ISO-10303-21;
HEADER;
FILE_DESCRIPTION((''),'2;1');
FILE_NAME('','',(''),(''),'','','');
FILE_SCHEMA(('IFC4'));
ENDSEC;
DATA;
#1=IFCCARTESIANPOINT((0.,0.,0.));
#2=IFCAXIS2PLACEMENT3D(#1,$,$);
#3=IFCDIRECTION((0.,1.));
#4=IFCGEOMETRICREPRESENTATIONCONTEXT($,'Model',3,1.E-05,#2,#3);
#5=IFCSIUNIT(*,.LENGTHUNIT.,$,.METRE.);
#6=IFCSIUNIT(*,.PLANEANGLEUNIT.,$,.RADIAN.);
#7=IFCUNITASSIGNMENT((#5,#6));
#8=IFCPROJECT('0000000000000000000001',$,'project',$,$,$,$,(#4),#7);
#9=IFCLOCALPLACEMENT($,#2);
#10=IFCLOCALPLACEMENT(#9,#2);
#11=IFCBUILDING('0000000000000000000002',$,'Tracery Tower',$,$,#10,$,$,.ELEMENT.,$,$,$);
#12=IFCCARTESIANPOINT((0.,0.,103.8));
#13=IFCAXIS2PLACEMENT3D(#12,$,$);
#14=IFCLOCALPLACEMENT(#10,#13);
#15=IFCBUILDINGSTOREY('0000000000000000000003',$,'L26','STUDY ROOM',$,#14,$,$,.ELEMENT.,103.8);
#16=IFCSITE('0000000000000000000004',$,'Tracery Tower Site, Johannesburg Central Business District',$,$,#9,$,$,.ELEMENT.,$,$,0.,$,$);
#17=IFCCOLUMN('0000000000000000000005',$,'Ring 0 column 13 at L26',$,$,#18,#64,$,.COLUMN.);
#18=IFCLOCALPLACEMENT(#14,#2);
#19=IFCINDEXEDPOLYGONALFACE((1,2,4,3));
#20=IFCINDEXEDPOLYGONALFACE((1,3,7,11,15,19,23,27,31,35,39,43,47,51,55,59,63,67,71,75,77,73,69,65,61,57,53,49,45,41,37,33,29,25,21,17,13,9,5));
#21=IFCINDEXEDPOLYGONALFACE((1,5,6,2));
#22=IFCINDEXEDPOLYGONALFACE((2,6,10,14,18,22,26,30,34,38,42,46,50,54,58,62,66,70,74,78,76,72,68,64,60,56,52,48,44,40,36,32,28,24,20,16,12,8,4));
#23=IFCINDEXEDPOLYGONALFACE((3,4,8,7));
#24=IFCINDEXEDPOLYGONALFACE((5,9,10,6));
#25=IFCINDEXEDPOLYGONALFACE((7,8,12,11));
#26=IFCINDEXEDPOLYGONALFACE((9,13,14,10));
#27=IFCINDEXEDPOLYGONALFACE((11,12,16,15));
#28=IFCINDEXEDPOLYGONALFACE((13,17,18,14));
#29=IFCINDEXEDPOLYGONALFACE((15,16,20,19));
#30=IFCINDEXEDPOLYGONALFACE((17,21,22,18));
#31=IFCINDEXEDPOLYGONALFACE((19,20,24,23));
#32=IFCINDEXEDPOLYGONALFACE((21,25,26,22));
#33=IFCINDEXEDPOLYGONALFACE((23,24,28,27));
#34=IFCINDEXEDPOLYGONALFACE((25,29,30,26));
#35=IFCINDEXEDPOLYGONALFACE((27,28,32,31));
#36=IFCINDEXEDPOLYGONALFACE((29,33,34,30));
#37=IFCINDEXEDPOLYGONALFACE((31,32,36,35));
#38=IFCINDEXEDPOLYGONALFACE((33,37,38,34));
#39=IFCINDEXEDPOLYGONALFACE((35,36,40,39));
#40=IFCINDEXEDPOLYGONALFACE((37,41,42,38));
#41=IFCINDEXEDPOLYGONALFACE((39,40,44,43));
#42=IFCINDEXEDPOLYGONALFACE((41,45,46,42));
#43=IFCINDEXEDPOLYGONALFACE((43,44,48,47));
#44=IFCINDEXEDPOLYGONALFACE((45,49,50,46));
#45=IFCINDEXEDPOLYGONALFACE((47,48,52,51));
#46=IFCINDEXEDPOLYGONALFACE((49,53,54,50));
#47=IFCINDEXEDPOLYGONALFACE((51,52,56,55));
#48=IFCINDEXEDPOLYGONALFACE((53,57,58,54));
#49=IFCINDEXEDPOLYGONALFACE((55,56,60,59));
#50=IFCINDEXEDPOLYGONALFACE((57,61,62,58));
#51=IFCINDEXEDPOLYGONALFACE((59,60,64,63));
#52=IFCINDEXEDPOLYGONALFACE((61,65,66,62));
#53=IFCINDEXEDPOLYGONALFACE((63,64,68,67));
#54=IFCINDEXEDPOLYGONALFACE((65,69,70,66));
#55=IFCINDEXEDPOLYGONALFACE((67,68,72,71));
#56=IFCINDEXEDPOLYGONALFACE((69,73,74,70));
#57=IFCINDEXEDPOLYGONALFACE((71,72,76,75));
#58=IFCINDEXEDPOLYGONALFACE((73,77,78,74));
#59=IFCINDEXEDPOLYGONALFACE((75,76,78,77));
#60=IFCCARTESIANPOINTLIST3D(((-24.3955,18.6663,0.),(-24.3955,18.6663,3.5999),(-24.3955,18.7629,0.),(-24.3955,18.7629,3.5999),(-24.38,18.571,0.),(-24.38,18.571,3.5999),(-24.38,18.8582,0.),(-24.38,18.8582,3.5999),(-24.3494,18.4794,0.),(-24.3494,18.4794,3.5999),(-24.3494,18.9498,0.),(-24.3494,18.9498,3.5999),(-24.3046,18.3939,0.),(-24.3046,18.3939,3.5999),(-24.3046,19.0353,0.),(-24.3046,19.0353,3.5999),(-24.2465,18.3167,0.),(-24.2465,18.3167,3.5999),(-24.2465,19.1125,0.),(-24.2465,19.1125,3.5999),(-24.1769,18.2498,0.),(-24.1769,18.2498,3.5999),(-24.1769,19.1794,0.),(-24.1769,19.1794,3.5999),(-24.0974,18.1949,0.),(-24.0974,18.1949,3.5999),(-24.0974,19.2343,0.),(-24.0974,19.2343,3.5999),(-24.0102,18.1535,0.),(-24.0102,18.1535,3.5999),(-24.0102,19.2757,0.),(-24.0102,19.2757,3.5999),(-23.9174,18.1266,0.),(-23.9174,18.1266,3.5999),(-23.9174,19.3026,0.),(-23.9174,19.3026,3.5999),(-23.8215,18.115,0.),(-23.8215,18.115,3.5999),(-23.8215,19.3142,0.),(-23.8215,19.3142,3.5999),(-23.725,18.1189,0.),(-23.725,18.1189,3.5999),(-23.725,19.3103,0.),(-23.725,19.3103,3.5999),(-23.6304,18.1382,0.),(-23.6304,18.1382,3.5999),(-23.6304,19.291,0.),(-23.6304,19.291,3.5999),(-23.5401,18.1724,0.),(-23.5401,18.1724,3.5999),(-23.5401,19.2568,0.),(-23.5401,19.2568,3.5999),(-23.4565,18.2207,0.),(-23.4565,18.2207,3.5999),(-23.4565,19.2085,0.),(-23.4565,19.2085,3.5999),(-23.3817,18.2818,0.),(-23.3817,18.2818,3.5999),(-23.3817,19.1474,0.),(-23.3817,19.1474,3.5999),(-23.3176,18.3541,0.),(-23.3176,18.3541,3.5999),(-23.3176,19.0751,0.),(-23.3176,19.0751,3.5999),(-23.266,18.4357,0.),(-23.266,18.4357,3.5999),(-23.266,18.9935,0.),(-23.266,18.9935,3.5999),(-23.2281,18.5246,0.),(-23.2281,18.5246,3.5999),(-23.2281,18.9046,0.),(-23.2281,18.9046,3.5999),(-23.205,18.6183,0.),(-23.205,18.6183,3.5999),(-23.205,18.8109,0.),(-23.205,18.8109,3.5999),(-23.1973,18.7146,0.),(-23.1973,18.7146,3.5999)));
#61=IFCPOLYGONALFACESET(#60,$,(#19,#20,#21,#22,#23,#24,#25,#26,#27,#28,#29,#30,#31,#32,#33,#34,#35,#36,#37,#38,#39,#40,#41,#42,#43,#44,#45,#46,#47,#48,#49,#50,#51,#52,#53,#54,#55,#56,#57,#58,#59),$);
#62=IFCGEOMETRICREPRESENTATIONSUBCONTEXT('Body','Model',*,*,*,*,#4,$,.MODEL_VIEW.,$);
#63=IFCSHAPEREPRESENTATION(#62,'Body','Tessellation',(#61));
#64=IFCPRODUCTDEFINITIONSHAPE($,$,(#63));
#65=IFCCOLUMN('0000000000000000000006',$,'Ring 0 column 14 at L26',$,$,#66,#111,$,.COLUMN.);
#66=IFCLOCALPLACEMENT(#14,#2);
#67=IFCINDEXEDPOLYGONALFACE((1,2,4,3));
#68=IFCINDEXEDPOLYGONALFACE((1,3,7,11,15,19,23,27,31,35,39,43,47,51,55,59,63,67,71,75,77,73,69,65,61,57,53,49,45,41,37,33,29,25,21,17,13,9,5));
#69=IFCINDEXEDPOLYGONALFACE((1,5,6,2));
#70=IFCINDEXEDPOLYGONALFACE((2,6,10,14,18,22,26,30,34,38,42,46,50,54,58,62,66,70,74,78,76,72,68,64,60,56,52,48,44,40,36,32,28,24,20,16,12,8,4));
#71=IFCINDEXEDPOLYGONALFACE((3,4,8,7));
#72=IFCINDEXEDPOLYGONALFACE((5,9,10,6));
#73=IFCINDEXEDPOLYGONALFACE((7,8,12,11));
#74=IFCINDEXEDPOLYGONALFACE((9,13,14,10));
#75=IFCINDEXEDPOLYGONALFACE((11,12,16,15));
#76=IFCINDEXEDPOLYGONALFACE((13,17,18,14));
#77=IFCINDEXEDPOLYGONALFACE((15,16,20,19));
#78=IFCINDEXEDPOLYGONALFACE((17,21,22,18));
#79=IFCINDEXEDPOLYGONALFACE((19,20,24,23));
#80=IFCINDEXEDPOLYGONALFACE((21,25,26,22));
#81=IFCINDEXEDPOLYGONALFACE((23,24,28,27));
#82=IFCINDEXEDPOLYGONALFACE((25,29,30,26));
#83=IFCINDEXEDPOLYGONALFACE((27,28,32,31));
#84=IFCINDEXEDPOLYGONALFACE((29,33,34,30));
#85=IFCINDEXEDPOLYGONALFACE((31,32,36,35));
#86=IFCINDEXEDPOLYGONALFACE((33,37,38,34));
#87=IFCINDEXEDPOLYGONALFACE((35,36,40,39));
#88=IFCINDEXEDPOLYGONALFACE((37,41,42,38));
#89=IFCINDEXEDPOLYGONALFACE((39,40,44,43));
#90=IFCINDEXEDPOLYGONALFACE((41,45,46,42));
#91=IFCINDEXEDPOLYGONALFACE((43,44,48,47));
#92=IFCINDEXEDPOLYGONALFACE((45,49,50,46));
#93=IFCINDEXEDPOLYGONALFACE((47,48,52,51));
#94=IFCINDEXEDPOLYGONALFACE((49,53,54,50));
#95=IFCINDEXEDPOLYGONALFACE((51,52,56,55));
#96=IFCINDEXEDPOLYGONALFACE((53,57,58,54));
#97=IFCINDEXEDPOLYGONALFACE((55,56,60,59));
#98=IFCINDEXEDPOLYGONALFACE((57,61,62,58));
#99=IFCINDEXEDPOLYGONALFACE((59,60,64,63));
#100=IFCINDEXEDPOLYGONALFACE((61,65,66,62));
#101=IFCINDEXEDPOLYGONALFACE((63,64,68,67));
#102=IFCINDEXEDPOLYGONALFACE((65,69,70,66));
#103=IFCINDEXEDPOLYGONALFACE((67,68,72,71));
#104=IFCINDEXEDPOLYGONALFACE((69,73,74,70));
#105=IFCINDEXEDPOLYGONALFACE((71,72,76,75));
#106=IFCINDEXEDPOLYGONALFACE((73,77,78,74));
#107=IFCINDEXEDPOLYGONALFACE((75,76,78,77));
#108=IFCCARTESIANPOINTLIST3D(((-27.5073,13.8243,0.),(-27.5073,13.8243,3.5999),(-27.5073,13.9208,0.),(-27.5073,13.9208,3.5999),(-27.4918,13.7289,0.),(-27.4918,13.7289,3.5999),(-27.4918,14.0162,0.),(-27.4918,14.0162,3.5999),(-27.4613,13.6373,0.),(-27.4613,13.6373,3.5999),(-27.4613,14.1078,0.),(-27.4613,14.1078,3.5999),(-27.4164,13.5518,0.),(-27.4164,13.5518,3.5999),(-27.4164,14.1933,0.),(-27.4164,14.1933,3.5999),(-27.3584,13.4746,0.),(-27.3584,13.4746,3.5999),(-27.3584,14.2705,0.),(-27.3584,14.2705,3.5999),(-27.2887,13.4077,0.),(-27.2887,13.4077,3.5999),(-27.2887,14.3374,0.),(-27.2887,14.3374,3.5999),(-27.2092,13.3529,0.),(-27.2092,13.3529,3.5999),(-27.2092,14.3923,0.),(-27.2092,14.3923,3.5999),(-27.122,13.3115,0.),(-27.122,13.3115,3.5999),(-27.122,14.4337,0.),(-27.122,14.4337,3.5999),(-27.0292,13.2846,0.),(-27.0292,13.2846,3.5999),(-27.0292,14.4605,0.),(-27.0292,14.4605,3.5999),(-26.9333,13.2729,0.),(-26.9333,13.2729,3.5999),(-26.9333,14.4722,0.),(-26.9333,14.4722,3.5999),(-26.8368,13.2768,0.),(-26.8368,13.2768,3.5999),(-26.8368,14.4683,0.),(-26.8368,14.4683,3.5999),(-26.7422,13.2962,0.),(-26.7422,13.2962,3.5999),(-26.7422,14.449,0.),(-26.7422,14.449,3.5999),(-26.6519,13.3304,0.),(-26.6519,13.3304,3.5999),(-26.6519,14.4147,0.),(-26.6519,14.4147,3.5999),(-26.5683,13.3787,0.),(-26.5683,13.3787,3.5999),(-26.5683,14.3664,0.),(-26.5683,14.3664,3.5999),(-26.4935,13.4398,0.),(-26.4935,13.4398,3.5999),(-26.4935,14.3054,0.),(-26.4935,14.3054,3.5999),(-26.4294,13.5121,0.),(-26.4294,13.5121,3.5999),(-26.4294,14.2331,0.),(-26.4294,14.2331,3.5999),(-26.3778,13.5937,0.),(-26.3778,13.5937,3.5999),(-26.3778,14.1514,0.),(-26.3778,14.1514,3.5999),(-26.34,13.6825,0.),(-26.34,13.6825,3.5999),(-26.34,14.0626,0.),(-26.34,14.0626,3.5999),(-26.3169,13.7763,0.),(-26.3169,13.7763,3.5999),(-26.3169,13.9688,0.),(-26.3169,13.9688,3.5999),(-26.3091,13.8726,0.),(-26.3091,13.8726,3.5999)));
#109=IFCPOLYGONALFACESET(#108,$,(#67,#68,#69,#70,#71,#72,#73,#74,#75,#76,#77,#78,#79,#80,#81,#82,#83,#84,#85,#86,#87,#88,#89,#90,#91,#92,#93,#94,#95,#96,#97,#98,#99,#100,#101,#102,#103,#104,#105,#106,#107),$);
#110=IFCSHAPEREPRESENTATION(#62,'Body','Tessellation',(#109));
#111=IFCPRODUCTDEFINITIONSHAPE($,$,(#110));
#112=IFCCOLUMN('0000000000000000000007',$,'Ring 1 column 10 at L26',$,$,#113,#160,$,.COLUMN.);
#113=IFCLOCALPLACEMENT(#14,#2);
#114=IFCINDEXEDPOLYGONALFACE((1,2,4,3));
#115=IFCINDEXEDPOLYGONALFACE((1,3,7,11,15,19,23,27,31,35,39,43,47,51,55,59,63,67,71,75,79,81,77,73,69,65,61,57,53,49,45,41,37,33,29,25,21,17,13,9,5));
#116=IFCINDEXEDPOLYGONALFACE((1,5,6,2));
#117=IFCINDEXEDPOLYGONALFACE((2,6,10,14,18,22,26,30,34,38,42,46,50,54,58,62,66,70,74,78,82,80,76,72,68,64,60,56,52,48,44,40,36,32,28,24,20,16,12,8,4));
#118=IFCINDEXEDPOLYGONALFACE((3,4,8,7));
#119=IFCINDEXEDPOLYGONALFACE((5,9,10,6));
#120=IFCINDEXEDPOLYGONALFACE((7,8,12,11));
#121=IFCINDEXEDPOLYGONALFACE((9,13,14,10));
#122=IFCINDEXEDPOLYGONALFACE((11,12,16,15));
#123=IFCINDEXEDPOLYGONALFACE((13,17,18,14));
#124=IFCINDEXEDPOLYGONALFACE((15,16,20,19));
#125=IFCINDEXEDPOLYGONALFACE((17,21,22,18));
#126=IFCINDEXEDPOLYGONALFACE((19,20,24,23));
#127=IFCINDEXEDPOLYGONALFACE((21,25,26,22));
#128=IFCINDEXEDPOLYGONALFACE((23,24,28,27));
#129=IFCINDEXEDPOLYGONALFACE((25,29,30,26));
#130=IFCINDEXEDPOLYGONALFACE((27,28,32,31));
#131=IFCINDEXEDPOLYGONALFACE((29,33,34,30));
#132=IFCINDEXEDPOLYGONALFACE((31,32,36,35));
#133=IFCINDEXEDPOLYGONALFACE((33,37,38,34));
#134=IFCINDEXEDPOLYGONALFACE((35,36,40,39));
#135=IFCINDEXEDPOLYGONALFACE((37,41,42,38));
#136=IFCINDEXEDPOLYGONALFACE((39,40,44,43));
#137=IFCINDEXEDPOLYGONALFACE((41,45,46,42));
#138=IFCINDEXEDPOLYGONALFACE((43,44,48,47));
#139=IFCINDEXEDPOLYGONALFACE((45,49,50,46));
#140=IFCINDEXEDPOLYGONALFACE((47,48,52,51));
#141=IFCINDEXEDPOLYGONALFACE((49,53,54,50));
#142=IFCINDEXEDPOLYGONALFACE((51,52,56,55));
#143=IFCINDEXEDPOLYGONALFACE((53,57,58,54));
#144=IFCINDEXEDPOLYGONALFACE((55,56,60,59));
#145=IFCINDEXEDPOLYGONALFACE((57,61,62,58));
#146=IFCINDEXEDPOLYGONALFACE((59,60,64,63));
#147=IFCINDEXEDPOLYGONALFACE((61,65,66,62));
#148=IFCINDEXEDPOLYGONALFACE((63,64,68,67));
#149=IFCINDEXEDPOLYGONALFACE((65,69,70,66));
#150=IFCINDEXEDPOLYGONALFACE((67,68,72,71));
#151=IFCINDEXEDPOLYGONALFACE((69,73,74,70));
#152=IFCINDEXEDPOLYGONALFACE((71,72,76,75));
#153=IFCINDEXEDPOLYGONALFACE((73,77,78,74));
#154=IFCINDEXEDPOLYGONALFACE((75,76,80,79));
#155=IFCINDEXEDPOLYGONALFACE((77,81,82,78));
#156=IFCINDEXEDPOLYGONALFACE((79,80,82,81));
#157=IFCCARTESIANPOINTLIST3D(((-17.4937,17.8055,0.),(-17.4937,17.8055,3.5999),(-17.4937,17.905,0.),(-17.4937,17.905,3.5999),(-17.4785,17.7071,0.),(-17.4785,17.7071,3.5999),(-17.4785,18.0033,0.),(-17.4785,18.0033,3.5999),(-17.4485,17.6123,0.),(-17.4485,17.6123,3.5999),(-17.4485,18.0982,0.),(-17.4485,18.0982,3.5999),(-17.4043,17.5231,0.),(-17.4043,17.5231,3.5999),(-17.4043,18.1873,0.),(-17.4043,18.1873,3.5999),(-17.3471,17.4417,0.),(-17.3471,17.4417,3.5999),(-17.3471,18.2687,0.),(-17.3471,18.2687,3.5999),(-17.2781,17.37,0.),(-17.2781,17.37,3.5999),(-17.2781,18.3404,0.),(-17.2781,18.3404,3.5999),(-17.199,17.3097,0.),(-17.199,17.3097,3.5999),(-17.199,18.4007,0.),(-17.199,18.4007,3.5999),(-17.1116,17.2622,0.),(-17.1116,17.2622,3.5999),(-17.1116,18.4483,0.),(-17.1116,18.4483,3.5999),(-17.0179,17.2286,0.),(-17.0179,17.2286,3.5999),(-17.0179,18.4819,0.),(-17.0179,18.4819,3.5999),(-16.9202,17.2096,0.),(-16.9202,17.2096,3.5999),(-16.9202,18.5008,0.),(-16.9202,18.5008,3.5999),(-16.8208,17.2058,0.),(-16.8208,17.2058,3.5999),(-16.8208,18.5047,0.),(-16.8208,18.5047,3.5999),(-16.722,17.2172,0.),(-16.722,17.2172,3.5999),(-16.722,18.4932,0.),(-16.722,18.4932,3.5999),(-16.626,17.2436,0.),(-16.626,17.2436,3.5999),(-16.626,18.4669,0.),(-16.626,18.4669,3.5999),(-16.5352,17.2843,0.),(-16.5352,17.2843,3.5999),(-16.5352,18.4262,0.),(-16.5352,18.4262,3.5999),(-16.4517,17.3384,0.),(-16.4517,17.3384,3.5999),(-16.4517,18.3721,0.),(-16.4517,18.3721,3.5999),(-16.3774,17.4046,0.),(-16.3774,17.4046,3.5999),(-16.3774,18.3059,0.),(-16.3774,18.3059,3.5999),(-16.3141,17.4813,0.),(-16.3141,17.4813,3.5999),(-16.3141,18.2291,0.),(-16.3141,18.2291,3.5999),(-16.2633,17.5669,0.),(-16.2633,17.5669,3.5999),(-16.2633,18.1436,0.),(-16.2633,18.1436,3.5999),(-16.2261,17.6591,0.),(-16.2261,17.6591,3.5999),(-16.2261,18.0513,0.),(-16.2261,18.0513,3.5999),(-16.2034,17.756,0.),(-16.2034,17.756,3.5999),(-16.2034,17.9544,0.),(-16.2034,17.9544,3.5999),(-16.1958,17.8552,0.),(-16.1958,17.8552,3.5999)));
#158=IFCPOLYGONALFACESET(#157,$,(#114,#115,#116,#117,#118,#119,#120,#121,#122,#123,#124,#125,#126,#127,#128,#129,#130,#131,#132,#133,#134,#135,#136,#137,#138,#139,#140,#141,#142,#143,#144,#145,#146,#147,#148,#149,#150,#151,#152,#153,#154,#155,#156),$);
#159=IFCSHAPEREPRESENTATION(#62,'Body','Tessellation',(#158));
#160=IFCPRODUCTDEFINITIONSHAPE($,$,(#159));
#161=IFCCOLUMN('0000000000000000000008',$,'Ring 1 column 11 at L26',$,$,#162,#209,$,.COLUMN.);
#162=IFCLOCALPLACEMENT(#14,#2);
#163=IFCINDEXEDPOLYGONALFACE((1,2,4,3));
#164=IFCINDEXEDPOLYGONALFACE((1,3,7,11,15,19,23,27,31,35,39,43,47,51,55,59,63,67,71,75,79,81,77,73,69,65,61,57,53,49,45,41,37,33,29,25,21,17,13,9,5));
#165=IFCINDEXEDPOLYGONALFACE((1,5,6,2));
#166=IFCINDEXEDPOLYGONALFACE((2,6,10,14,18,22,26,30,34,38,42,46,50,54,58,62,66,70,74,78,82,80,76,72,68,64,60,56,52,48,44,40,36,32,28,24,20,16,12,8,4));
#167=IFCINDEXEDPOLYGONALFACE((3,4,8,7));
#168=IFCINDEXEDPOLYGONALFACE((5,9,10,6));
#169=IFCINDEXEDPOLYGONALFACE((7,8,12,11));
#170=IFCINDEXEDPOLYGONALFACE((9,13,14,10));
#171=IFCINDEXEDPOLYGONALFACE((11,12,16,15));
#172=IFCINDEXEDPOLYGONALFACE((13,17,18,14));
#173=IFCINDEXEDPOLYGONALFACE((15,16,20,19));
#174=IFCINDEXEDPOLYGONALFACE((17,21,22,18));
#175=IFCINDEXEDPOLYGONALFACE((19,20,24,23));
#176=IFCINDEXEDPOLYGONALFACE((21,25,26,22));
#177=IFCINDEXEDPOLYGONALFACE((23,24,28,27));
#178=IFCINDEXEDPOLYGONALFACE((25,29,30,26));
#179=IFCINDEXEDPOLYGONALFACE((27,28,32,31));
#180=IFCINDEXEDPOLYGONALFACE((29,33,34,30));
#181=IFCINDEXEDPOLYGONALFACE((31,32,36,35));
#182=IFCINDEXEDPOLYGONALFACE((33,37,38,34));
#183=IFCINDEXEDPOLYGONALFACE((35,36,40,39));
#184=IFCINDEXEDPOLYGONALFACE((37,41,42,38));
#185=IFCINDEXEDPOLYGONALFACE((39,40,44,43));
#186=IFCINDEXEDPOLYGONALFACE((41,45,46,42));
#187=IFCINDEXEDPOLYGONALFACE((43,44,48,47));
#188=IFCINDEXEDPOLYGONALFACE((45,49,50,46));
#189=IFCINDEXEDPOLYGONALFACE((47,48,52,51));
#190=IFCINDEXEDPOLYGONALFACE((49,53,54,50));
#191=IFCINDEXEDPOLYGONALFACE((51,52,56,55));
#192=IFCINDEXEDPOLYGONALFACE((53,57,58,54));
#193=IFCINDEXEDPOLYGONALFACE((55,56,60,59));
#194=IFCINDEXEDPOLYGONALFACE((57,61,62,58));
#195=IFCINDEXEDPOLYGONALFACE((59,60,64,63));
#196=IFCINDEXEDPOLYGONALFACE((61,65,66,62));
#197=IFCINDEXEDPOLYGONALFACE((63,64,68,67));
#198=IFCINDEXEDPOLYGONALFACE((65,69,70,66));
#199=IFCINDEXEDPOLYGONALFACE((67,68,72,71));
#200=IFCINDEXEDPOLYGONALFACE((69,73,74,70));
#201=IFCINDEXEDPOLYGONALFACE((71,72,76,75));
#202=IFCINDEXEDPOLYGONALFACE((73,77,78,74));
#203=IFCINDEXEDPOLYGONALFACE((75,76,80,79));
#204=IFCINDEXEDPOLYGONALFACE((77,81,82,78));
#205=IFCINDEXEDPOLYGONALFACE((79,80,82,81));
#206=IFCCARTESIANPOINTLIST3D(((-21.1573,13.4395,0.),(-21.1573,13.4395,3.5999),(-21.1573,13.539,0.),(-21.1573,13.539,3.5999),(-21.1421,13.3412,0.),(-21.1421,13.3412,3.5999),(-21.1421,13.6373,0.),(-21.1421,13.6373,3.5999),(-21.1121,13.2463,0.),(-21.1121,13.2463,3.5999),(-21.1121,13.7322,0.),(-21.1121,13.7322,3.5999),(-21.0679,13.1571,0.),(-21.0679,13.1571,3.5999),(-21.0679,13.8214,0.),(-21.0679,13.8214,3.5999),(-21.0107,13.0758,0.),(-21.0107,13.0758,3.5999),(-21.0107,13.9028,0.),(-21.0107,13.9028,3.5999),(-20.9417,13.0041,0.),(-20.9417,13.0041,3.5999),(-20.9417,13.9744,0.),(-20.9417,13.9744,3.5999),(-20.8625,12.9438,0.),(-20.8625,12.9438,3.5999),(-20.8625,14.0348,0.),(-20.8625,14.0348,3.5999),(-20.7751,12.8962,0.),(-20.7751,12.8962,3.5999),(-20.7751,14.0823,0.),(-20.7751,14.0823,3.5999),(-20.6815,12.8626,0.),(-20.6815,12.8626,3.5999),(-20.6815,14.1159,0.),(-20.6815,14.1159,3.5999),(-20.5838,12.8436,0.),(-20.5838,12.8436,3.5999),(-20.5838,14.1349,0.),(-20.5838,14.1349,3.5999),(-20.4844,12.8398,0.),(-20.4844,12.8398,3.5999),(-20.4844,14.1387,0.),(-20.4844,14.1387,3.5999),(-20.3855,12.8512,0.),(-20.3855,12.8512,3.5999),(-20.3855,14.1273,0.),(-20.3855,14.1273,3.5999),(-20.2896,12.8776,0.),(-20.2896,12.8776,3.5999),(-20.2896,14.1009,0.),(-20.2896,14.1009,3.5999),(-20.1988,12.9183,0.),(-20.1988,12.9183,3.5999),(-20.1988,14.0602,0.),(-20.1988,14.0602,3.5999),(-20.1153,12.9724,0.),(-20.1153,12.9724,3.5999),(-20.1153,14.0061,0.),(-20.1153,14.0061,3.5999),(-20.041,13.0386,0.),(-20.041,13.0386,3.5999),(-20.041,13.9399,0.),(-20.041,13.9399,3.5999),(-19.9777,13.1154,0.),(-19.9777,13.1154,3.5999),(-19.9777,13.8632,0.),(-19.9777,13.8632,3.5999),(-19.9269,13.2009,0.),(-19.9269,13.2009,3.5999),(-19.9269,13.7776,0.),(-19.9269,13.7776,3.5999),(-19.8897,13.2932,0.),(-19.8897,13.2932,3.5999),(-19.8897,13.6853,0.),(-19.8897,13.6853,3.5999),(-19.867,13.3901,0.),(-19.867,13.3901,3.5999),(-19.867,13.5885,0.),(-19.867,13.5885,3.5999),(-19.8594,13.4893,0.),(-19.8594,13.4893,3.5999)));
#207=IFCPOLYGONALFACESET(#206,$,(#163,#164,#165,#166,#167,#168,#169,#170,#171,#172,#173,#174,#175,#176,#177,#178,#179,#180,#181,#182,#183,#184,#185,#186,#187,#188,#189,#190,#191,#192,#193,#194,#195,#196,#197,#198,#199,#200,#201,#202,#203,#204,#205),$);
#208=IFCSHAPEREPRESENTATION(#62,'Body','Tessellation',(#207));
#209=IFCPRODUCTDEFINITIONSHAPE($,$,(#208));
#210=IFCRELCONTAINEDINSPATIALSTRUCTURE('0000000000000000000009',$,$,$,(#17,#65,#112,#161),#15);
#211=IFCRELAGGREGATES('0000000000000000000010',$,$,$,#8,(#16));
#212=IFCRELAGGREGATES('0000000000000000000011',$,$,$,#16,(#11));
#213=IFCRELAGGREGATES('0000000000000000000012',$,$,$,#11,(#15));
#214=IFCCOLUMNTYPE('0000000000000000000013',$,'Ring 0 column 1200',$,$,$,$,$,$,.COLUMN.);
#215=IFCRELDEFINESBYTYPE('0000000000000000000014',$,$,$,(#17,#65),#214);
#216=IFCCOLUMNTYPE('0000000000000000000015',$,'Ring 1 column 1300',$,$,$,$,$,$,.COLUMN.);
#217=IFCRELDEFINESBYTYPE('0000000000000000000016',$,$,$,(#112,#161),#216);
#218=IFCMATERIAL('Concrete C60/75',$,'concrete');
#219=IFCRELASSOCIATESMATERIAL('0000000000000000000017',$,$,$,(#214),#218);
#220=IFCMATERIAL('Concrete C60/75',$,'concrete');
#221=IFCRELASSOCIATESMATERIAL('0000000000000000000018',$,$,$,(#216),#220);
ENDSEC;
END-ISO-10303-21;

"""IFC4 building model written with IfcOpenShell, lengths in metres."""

from ifc_helpers import new_model, si_unit, direction, frame, origin, origin_2d, place, context, subcontext, project, spatial, circle, extrude, material, material_profile, profile_set, type_object, element, save


model = new_model("IFC4")

# Units and contexts
model_context = context("Model", 3, precision=1e-05, world=origin(), true_north=direction((0.0, 1.0)))
body_context = subcontext(model_context, "Body", "Model", "MODEL_VIEW")
ifc_project = project(units=[si_unit("LENGTHUNIT", "METRE"), si_unit("PLANEANGLEUNIT", "RADIAN")], contexts=[model_context])

# Site, building, storey
site_placement = place(None, origin())
site = spatial("IfcSite", under=ifc_project, at=site_placement, Name="Tracery Tower Site, Johannesburg Central Business District", CompositionType="ELEMENT", RefElevation=0.0)
building_placement = place(site_placement, origin())
building = spatial("IfcBuilding", under=site, at=building_placement, Name="Tracery Tower", CompositionType="ELEMENT")
storey_placement = place(building_placement, frame((0.0, 0.0, 103.8)))
storey = spatial("IfcBuildingStorey", under=building, at=storey_placement, Name="L26", Description="STUDY ROOM", CompositionType="ELEMENT", Elevation=103.8)

# Columns
ifc_material_1 = material(Name="Concrete C60/75", Category="concrete")
ifc_material_profile_1 = material_profile(ifc_material_1, circle(Radius=0.6001, at=origin_2d()), Name="RC D1200")
ifc_profile_set_1 = profile_set([ifc_material_profile_1], Name="Concrete C60/75")
column_type_1 = type_object("IfcColumnType", Name="Ring 0 column 1200", PredefinedType="COLUMN", material=ifc_profile_set_1)
for number, where, z_axis, x_axis, name in (
    (1, (-23.7974, 18.7146, 0.0), (0.0, 0.0, 1.0), (1.0, 0.0, 0.0), "Ring 0 column 13 at L26"),
    (2, (-26.9092, 13.8726, 0.0), (0.0, 0.0, 1.0), (1.0, 0.0, 0.0), "Ring 0 column 14 at L26"),
):
    element("IfcColumn", number, at=place(storey_placement, frame(where, z_axis=z_axis, x_axis=x_axis)), inside=storey, type_object=column_type_1, Name=name, PredefinedType="COLUMN", context=body_context, shape_type="SweptSolid", body=[
        extrude(circle(Radius=0.6001, at=origin_2d()), origin(), (0.0, 0.0, 1.0), 3.5999),
    ])
ifc_material_2 = material(Name="Concrete C60/75", Category="concrete")
ifc_material_profile_2 = material_profile(ifc_material_2, circle(Radius=0.6499, at=origin_2d()), Name="RC D1300")
ifc_profile_set_2 = profile_set([ifc_material_profile_2], Name="Concrete C60/75")
column_type_2 = type_object("IfcColumnType", Name="Ring 1 column 1300", PredefinedType="COLUMN", material=ifc_profile_set_2)
for number, where, z_axis, x_axis, name in (
    (3, (-16.8457, 17.8552, 0.0), (0.0, 0.0, 1.0), (1.0, 0.0, 0.0), "Ring 1 column 10 at L26"),
    (4, (-20.5093, 13.4893, 0.0), (0.0, 0.0, 1.0), (1.0, 0.0, 0.0), "Ring 1 column 11 at L26"),
):
    element("IfcColumn", number, at=place(storey_placement, frame(where, z_axis=z_axis, x_axis=x_axis)), inside=storey, type_object=column_type_2, Name=name, PredefinedType="COLUMN", context=body_context, shape_type="SweptSolid", body=[
        extrude(circle(Radius=0.6499, at=origin_2d()), origin(), (0.0, 0.0, 1.0), 3.5999),
    ])

save(model, "model.ifc")
